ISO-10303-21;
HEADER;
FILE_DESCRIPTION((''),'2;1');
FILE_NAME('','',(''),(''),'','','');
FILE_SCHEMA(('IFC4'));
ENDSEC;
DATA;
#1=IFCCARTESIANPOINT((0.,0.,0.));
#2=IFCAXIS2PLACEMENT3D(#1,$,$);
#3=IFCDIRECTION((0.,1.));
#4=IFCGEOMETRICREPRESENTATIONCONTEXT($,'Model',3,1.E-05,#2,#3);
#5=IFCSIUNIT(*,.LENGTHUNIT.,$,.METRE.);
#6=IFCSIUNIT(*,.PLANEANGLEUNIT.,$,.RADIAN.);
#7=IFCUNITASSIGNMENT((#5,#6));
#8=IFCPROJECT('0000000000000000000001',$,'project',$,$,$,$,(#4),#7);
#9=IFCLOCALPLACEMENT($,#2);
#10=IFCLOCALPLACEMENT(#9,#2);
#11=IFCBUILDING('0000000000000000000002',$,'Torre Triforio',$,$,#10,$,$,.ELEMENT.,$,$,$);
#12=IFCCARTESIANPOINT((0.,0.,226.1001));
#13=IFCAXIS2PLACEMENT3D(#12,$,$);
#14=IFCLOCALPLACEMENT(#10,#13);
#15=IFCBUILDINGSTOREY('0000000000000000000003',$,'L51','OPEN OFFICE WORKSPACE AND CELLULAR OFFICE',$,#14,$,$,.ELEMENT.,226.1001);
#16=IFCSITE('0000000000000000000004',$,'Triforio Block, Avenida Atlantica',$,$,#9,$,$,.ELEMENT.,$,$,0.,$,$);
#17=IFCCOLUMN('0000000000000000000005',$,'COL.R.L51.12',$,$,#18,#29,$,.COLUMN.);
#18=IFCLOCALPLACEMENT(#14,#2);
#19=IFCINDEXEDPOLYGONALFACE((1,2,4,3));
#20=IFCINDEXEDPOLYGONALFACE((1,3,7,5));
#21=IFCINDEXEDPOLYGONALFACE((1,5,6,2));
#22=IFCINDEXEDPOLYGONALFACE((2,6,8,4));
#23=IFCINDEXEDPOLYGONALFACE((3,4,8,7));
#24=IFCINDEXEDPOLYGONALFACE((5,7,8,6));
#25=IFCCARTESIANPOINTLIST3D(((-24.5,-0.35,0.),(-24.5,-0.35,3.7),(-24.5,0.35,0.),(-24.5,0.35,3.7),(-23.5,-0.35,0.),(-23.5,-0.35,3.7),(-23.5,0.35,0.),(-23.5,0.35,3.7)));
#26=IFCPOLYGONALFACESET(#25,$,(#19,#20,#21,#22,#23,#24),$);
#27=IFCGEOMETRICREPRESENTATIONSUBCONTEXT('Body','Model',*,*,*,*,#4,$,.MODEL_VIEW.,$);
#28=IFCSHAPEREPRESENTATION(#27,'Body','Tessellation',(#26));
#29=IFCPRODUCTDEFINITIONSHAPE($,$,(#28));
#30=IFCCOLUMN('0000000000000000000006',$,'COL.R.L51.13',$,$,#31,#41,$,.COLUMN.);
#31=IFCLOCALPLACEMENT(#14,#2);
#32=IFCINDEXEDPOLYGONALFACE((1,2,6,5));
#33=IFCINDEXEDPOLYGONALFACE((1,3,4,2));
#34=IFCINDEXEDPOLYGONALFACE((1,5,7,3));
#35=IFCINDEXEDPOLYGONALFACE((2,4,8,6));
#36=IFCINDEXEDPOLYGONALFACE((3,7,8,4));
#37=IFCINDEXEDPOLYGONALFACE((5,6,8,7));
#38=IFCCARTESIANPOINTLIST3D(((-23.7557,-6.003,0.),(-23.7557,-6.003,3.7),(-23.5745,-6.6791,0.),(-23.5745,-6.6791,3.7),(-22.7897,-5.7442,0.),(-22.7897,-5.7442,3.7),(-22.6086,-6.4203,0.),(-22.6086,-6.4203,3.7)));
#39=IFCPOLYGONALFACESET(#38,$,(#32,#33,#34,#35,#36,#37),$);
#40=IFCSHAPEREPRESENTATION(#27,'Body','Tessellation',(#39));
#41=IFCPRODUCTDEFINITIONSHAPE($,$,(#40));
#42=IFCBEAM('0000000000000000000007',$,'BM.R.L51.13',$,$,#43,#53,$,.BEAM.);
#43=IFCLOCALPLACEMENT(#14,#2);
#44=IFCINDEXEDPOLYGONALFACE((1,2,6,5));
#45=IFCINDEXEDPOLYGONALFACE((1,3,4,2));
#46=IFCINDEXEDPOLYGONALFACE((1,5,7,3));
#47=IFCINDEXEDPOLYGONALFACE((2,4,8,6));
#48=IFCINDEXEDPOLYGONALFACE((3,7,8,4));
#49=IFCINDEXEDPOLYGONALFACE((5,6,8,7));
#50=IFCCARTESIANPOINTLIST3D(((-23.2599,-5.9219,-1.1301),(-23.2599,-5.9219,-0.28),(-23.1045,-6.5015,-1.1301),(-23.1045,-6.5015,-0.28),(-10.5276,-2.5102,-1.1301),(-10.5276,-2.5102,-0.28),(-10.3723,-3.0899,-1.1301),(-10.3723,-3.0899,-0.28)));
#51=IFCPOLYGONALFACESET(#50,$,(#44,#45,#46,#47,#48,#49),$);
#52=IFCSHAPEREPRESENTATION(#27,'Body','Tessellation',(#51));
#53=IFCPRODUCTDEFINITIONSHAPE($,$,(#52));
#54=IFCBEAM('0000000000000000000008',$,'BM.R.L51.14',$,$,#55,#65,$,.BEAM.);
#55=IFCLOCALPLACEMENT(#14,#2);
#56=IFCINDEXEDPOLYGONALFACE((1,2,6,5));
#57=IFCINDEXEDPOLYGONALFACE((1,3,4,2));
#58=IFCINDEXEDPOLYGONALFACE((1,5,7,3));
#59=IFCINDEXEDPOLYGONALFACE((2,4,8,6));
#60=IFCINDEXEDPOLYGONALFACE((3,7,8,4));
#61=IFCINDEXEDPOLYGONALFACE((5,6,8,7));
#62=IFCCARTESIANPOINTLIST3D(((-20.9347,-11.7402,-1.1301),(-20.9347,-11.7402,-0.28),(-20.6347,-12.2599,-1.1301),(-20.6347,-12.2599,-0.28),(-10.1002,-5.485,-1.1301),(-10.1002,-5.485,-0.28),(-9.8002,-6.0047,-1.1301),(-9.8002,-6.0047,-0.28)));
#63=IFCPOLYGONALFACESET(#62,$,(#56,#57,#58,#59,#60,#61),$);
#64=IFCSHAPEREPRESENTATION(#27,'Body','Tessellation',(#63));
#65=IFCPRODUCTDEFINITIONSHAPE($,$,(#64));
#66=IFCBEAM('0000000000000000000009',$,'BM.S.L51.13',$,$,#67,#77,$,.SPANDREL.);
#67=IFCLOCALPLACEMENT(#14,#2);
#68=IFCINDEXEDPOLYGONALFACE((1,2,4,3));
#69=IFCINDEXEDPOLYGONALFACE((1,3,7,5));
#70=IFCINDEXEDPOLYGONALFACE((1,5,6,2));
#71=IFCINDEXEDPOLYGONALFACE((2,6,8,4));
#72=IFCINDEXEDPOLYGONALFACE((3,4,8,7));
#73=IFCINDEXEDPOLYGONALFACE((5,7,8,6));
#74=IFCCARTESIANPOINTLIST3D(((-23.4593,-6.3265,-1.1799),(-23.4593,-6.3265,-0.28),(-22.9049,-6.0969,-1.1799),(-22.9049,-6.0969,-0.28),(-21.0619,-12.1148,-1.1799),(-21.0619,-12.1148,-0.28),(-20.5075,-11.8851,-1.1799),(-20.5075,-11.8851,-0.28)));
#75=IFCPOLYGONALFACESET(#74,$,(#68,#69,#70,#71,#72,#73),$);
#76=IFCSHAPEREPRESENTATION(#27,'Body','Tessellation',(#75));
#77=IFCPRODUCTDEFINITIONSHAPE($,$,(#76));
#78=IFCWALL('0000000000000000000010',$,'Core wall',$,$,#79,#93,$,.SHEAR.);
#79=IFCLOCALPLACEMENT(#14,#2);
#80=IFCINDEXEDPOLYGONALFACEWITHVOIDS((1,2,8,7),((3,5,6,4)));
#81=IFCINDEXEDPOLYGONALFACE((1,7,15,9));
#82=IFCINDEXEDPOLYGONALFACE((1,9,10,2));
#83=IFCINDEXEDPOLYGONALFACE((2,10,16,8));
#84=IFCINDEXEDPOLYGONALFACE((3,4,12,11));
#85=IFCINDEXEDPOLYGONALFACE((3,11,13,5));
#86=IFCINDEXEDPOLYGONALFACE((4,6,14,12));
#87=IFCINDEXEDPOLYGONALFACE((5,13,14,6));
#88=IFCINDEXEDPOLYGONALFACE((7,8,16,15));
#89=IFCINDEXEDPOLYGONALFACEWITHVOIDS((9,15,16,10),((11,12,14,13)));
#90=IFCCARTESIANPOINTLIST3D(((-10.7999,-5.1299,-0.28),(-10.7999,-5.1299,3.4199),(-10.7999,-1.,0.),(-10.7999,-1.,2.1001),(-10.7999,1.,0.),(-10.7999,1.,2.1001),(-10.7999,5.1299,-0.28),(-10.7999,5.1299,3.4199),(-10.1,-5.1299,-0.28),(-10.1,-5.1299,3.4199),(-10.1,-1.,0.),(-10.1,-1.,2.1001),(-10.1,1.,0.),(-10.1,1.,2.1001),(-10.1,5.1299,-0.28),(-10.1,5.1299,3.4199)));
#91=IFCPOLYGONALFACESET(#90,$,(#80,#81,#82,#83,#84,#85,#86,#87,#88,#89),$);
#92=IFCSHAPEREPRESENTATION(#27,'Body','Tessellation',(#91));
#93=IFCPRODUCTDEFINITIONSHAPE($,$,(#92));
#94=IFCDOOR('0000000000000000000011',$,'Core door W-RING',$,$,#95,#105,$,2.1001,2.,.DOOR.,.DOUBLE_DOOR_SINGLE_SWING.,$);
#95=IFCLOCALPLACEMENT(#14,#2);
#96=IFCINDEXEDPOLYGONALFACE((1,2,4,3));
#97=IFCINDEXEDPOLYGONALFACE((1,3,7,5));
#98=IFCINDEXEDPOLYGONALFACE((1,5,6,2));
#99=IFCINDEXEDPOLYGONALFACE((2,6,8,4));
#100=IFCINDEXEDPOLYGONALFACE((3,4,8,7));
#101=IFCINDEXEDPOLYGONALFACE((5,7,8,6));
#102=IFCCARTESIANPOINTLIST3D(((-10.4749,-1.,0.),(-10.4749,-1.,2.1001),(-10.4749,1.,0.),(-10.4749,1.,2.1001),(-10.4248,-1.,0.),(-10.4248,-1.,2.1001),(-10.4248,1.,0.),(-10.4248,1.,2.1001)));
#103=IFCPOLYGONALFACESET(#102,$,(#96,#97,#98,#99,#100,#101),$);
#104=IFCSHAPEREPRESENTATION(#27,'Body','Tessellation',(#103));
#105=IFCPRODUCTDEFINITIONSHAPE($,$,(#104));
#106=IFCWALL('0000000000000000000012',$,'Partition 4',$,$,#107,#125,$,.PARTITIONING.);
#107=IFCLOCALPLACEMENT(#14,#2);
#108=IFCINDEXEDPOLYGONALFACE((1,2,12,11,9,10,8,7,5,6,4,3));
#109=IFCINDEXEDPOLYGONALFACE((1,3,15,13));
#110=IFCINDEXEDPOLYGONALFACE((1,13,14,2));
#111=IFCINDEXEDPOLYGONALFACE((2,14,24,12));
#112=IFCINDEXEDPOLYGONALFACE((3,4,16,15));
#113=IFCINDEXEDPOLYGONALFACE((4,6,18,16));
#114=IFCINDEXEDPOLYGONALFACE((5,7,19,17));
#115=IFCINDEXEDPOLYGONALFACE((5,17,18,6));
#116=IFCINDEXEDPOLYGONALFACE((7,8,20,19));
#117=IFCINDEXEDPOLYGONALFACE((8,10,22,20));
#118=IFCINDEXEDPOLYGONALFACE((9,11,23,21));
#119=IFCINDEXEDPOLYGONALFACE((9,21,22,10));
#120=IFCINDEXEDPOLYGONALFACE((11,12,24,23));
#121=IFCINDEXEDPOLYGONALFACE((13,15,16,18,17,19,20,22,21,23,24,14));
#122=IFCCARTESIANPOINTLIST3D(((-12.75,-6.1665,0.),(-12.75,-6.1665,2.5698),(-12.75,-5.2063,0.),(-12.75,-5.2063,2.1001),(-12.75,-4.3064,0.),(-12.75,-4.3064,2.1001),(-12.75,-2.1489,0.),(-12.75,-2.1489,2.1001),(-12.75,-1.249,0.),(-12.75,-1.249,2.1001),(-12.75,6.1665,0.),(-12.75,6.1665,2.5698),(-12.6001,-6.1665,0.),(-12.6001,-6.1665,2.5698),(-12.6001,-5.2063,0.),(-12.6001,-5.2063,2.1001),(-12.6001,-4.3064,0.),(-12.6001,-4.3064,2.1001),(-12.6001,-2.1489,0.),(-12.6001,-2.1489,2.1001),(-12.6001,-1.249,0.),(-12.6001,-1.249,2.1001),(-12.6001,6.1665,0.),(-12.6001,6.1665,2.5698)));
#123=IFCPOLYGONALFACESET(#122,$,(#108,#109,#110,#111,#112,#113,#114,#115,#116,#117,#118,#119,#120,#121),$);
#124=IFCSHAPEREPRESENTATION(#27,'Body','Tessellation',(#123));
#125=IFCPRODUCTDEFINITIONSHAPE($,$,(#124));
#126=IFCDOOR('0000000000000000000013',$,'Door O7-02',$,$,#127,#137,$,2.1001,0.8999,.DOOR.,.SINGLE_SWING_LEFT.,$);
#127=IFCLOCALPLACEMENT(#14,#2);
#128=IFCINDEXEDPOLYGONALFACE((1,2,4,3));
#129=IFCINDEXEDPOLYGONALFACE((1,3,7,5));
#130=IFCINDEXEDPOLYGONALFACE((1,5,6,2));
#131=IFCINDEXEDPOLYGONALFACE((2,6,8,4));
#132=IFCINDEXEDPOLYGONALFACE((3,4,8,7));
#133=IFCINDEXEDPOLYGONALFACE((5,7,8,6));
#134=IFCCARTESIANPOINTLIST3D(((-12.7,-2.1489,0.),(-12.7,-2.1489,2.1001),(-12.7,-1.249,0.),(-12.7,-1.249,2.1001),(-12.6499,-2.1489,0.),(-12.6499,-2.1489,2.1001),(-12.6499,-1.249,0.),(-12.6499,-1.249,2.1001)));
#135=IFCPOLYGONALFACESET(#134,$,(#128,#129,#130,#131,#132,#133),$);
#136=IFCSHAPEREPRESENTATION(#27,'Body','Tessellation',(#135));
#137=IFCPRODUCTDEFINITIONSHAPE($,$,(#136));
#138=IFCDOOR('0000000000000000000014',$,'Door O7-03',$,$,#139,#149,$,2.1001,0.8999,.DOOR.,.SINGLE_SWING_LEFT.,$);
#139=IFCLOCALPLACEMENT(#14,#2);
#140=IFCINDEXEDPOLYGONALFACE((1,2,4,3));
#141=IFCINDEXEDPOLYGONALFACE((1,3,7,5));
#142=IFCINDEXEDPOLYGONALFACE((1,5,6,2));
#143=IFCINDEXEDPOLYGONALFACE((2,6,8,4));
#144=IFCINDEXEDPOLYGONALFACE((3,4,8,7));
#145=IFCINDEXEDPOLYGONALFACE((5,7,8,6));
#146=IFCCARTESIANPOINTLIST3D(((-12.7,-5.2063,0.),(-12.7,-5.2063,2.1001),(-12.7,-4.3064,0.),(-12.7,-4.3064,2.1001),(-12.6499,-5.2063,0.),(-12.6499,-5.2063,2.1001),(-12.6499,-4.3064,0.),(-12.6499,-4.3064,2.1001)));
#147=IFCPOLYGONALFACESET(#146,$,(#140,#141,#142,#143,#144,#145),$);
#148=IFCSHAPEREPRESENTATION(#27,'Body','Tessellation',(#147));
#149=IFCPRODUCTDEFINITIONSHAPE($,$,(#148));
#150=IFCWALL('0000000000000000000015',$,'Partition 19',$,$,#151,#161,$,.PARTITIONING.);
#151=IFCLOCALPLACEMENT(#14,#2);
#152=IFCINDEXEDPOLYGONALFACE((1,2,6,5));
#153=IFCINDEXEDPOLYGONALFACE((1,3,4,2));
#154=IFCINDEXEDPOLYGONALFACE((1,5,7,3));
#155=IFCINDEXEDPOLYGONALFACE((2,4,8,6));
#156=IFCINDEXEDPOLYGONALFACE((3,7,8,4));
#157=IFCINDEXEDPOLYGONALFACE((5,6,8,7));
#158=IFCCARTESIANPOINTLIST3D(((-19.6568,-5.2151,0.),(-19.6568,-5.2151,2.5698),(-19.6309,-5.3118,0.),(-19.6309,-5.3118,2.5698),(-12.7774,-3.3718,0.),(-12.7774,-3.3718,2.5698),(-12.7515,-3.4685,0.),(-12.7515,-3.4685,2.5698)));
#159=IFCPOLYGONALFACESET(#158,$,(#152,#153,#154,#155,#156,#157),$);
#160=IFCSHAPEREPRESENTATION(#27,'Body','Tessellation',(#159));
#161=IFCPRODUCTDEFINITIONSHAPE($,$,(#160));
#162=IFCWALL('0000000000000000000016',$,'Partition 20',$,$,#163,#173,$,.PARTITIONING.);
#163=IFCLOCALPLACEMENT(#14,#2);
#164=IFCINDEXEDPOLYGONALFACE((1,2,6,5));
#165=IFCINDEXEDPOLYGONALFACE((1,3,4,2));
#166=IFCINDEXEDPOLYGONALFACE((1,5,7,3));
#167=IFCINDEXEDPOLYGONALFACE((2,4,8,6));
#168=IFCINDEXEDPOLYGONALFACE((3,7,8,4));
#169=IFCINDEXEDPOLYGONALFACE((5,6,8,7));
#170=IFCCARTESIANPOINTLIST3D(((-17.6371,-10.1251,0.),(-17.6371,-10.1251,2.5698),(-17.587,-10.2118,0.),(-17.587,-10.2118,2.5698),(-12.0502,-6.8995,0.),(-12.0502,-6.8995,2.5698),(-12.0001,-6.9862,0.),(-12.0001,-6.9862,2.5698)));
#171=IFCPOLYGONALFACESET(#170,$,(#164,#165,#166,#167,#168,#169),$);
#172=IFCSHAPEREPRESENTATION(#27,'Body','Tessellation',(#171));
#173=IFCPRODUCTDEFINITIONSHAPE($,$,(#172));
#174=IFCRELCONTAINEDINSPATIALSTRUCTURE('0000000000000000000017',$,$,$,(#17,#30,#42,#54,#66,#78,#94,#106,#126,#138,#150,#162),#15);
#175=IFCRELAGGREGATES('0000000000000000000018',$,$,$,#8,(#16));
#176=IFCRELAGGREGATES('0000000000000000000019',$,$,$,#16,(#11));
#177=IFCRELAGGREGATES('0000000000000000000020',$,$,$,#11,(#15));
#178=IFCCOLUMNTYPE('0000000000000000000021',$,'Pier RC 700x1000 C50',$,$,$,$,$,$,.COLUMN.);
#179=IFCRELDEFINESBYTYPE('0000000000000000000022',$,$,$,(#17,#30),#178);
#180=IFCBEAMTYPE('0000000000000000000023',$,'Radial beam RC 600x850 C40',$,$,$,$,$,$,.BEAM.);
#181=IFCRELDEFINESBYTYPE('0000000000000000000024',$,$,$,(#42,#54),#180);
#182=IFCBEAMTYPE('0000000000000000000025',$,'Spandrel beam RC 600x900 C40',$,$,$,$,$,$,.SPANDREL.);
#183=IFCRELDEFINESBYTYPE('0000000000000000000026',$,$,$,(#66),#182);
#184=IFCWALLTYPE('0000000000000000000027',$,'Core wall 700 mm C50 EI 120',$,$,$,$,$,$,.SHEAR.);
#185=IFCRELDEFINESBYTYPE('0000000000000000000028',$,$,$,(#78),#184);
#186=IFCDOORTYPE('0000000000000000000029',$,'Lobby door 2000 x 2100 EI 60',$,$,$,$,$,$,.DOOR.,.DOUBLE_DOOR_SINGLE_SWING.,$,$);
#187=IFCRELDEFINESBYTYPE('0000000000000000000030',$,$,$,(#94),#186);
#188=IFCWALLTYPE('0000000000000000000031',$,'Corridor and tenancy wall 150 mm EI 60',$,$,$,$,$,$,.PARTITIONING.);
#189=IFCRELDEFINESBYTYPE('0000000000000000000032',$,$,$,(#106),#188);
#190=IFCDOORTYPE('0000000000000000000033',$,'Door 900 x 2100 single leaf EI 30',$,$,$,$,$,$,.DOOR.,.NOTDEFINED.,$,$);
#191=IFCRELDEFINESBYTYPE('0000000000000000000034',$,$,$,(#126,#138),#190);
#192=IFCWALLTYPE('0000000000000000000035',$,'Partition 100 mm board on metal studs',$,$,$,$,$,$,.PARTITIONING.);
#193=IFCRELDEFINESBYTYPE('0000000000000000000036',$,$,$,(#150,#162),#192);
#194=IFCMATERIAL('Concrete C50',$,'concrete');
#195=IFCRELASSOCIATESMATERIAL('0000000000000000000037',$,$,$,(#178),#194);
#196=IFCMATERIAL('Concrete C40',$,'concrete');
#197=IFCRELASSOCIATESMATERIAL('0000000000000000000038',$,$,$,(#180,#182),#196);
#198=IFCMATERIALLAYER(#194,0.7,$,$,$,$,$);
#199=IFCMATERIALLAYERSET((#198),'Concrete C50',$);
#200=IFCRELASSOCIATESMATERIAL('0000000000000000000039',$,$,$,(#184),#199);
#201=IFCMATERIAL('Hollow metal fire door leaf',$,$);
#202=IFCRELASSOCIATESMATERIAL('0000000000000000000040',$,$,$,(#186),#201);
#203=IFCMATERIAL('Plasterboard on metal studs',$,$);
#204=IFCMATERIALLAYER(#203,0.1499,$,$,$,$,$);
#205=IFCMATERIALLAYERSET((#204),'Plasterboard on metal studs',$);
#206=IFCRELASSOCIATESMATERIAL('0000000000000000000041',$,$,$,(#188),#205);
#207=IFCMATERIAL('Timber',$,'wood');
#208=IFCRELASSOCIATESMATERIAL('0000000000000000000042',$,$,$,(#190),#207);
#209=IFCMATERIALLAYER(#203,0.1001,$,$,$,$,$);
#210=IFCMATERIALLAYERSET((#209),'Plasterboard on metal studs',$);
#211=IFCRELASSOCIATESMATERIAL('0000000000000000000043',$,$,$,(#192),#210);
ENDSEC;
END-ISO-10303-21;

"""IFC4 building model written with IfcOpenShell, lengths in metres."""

from ifc_helpers import new_model, si_unit, direction, frame, frame_2d, origin, origin_2d, place, context, subcontext, project, spatial, rectangle, extrude, material, layer, layer_set, material_profile, profile_set, type_object, element, fill, save


model = new_model("IFC4")

# Units and contexts
model_context = context("Model", 3, precision=1e-05, world=origin(), true_north=direction((0.0, 1.0)))
body_context = subcontext(model_context, "Body", "Model", "MODEL_VIEW")
ifc_project = project(units=[si_unit("LENGTHUNIT", "METRE"), si_unit("PLANEANGLEUNIT", "RADIAN")], contexts=[model_context])

# Site, building, storey
site_placement = place(None, origin())
site = spatial("IfcSite", under=ifc_project, at=site_placement, Name="Triforio Block, Avenida Atlantica", CompositionType="ELEMENT", RefElevation=0.0)
building_placement = place(site_placement, origin())
building = spatial("IfcBuilding", under=site, at=building_placement, Name="Torre Triforio", CompositionType="ELEMENT")
storey_placement = place(building_placement, frame((0.0, 0.0, 226.1001)))
storey = spatial("IfcBuildingStorey", under=building, at=storey_placement, Name="L51", Description="OPEN OFFICE WORKSPACE AND CELLULAR OFFICE", CompositionType="ELEMENT", Elevation=226.1001)

# Columns
ifc_material_1 = material(Name="Concrete C50", Category="concrete")
ifc_material_profile_1 = material_profile(ifc_material_1, rectangle(XDim=0.7, YDim=1.0, at=origin_2d()), Name="RC 700x1000")
ifc_profile_set_1 = profile_set([ifc_material_profile_1], Name="Concrete C50")
column_type = type_object("IfcColumnType", Name="Pier RC 700x1000 C50", PredefinedType="COLUMN", material=ifc_profile_set_1)
for number, where, z_axis, x_axis, name in (
    (1, (-24.0, 0.0, 0.0), (0.0, 0.0, 1.0), (0.0, -1.0, 0.0), "COL.R.L51.12"),
    (2, (-23.1821, -6.2117, 0.0), (0.0, 0.0, 1.0), (0.258819, -0.965926, 0.0), "COL.R.L51.13"),
):
    element("IfcColumn", number, at=place(storey_placement, frame(where, z_axis=z_axis, x_axis=x_axis)), inside=storey, type_object=column_type, Name=name, PredefinedType="COLUMN", context=body_context, shape_type="SweptSolid", body=[
        extrude(rectangle(XDim=0.7, YDim=1.0, at=origin_2d()), origin(), (0.0, 0.0, 1.0), 3.7),
    ])

# Beams
ifc_material_2 = material(Name="Concrete C40", Category="concrete")
ifc_material_profile_2 = material_profile(ifc_material_2, rectangle(XDim=0.6001, YDim=0.8501, at=origin_2d()), Name="RC 600x850")
ifc_profile_set_2 = profile_set([ifc_material_profile_2], Name="Concrete C40")
beam_type_1 = type_object("IfcBeamType", Name="Radial beam RC 600x850 C40", PredefinedType="BEAM", material=ifc_profile_set_2)
beam_1_placement = place(storey_placement, frame((-10.45, -2.8, -0.7051), z_axis=(-0.965925, -0.258822, 0.0), x_axis=(0.258822, -0.965925, 0.0)))
element("IfcBeam", 3, at=beam_1_placement, inside=storey, type_object=beam_type_1, Name="BM.R.L51.13", PredefinedType="BEAM", context=body_context, shape_type="SweptSolid", body=[
    extrude(rectangle(XDim=0.6001, YDim=0.8501, at=origin_2d()), origin(), (0.0, 0.0, 1.0), 13.1814),
])
beam_2_placement = place(storey_placement, frame((-9.9502, -5.7449, -0.7051), z_axis=(-0.866031, -0.49999, 0.0), x_axis=(0.49999, -0.866031, 0.0)))
element("IfcBeam", 4, at=beam_2_placement, inside=storey, type_object=beam_type_1, Name="BM.R.L51.14", PredefinedType="BEAM", context=body_context, shape_type="SweptSolid", body=[
    extrude(rectangle(XDim=0.6001, YDim=0.8501, at=origin_2d()), origin(), (0.0, 0.0, 1.0), 12.5105),
])
ifc_material_profile_3 = material_profile(ifc_material_2, rectangle(XDim=0.6001, YDim=0.8999, at=origin_2d()), Name="RC 600x900")
ifc_profile_set_3 = profile_set([ifc_material_profile_3], Name="Concrete C40")
beam_type_2 = type_object("IfcBeamType", Name="Spandrel beam RC 600x900 C40", PredefinedType="SPANDREL", material=ifc_profile_set_3)
beam_3_placement = place(storey_placement, frame((-23.1821, -6.2117, -0.73), z_axis=(0.382664, -0.923888, 0.0), x_axis=(0.923888, 0.382664, 0.0)))
element("IfcBeam", 5, at=beam_3_placement, inside=storey, type_object=beam_type_2, Name="BM.S.L51.13", PredefinedType="SPANDREL", context=body_context, shape_type="SweptSolid", body=[
    extrude(rectangle(XDim=0.6001, YDim=0.8999, at=origin_2d()), origin(), (0.0, 0.0, 1.0), 6.2651),
])

# Wall, opening, door
ifc_layer_1 = layer(ifc_material_1, 0.7)
ifc_layer_set_1 = layer_set([ifc_layer_1], Name="Concrete C50")
wall_type_1 = type_object("IfcWallType", Name="Core wall 700 mm C50 EI 120", PredefinedType="SHEAR", material=ifc_layer_set_1)
wall_1_placement = place(storey_placement, frame((-10.45, -5.1299, -0.28), z_axis=(0.0, 0.0, 1.0), x_axis=(0.0, 1.0, 0.0)))
wall_1 = element("IfcWall", 6, at=wall_1_placement, inside=storey, type_object=wall_type_1, Name="Core wall", PredefinedType="SHEAR", context=body_context, shape_type="SweptSolid", body=[
    extrude(rectangle(XDim=10.2598, YDim=0.7, at=frame_2d((5.1299, 0.0))), origin(), (0.0, 0.0, 1.0), 3.7),
])
opening_1_placement = place(wall_1_placement, frame((4.1299, 0.0, 0.28)))
opening_1 = element("IfcOpeningElement", 7, at=opening_1_placement, cuts=wall_1, PredefinedType="OPENING", context=body_context, shape_type="SweptSolid", body=[
    extrude(rectangle(XDim=2.0, YDim=2.1001, at=frame_2d((1.0, 1.05))), frame((0.0, 0.3599, 0.0), z_axis=(0.0, -1.0, 0.0), x_axis=(1.0, 0.0, 0.0)), (0.0, 0.0, 1.0), 0.72),
])
ifc_material_3 = material(Name="Hollow metal fire door leaf")
door_type_1 = type_object("IfcDoorType", Name="Lobby door 2000 x 2100 EI 60", OperationType="DOUBLE_DOOR_SINGLE_SWING", PredefinedType="DOOR", material=ifc_material_3)
door_1_placement = place(opening_1_placement, origin())
door_1 = element("IfcDoor", 8, at=door_1_placement, inside=storey, type_object=door_type_1, Name="Core door W-RING", OperationType="DOUBLE_DOOR_SINGLE_SWING", OverallHeight=2.1001, OverallWidth=2.0, PredefinedType="DOOR", context=body_context, shape_type="SweptSolid", body=[
    extrude(rectangle(XDim=2.0, YDim=2.1001, at=frame_2d((1.0, 1.05))), frame((0.0, 0.0249, 0.0), z_axis=(0.0, -1.0, 0.0), x_axis=(1.0, 0.0, 0.0)), (0.0, 0.0, 1.0), 0.05),
])
fill(opening_1, door_1)

# Wall, openings, doors
ifc_material_4 = material(Name="Plasterboard on metal studs")
ifc_layer_2 = layer(ifc_material_4, 0.1499)
ifc_layer_set_2 = layer_set([ifc_layer_2], Name="Plasterboard on metal studs")
wall_type_2 = type_object("IfcWallType", Name="Corridor and tenancy wall 150 mm EI 60", PredefinedType="PARTITIONING", material=ifc_layer_set_2)
wall_2_placement = place(storey_placement, frame((-12.675, -6.1665, 0.0), z_axis=(0.0, 0.0, 1.0), x_axis=(0.0, 1.0, 0.0)))
wall_2 = element("IfcWall", 9, at=wall_2_placement, inside=storey, type_object=wall_type_2, Name="Partition 4", PredefinedType="PARTITIONING", context=body_context, shape_type="SweptSolid", body=[
    extrude(rectangle(XDim=12.333, YDim=0.1499, at=frame_2d((6.1665, 0.0))), origin(), (0.0, 0.0, 1.0), 2.5698),
])
opening_2_placement = place(wall_2_placement, frame((4.0176, 0.0, 0.0)))
opening_2 = element("IfcOpeningElement", 10, at=opening_2_placement, cuts=wall_2, PredefinedType="OPENING", context=body_context, shape_type="SweptSolid", body=[
    extrude(rectangle(XDim=0.8999, YDim=2.1001, at=frame_2d((0.45, 1.05))), frame((0.0, 0.085, 0.0), z_axis=(0.0, -1.0, 0.0), x_axis=(1.0, 0.0, 0.0)), (0.0, 0.0, 1.0), 0.1699),
])
opening_3_placement = place(wall_2_placement, frame((0.9602, 0.0, 0.0)))
opening_3 = element("IfcOpeningElement", 11, at=opening_3_placement, cuts=wall_2, PredefinedType="OPENING", context=body_context, shape_type="SweptSolid", body=[
    extrude(rectangle(XDim=0.8999, YDim=2.1001, at=frame_2d((0.45, 1.05))), frame((0.0, 0.085, 0.0), z_axis=(0.0, -1.0, 0.0), x_axis=(1.0, 0.0, 0.0)), (0.0, 0.0, 1.0), 0.1699),
])
ifc_material_5 = material(Name="Timber", Category="wood")
door_type_2 = type_object("IfcDoorType", Name="Door 900 x 2100 single leaf EI 30", OperationType="NOTDEFINED", PredefinedType="DOOR", material=ifc_material_5)
door_2_placement = place(opening_2_placement, origin())
door_2 = element("IfcDoor", 12, at=door_2_placement, inside=storey, type_object=door_type_2, Name="Door O7-02", OperationType="SINGLE_SWING_LEFT", OverallHeight=2.1001, OverallWidth=0.8999, PredefinedType="DOOR", context=body_context, shape_type="SweptSolid", body=[
    extrude(rectangle(XDim=0.8999, YDim=2.1001, at=frame_2d((0.45, 1.05))), frame((0.0, 0.0249, 0.0), z_axis=(0.0, -1.0, 0.0), x_axis=(1.0, 0.0, 0.0)), (0.0, 0.0, 1.0), 0.05),
])
fill(opening_2, door_2)
door_3_placement = place(opening_3_placement, origin())
door_3 = element("IfcDoor", 13, at=door_3_placement, inside=storey, type_object=door_type_2, Name="Door O7-03", OperationType="SINGLE_SWING_LEFT", OverallHeight=2.1001, OverallWidth=0.8999, PredefinedType="DOOR", context=body_context, shape_type="SweptSolid", body=[
    extrude(rectangle(XDim=0.8999, YDim=2.1001, at=frame_2d((0.45, 1.05))), frame((0.0, 0.0249, 0.0), z_axis=(0.0, -1.0, 0.0), x_axis=(1.0, 0.0, 0.0)), (0.0, 0.0, 1.0), 0.05),
])
fill(opening_3, door_3)

# Walls
ifc_layer_3 = layer(ifc_material_4, 0.1001)
ifc_layer_set_3 = layer_set([ifc_layer_3], Name="Plasterboard on metal studs")
wall_type_3 = type_object("IfcWallType", Name="Partition 100 mm board on metal studs", PredefinedType="PARTITIONING", material=ifc_layer_set_3)
wall_3_placement = place(storey_placement, frame((-12.7644, -3.4202, 0.0), z_axis=(0.0, 0.0, 1.0), x_axis=(-0.965928, -0.25881, 0.0)))
element("IfcWall", 14, at=wall_3_placement, inside=storey, type_object=wall_type_3, Name="Partition 19", PredefinedType="PARTITIONING", context=body_context, shape_type="SweptSolid", body=[
    extrude(rectangle(XDim=7.1221, YDim=0.1001, at=frame_2d((3.561, 0.0))), origin(), (0.0, 0.0, 1.0), 2.5698),
])
wall_4_placement = place(storey_placement, frame((-12.0251, -6.9429, 0.0), z_axis=(0.0, 0.0, 1.0), x_axis=(-0.866027, -0.499998, 0.0)))
element("IfcWall", 15, at=wall_4_placement, inside=storey, type_object=wall_type_3, Name="Partition 20", PredefinedType="PARTITIONING", context=body_context, shape_type="SweptSolid", body=[
    extrude(rectangle(XDim=6.4512, YDim=0.1001, at=frame_2d((3.2256, 0.0))), origin(), (0.0, 0.0, 1.0), 2.5698),
])

save(model, "model.ifc")
